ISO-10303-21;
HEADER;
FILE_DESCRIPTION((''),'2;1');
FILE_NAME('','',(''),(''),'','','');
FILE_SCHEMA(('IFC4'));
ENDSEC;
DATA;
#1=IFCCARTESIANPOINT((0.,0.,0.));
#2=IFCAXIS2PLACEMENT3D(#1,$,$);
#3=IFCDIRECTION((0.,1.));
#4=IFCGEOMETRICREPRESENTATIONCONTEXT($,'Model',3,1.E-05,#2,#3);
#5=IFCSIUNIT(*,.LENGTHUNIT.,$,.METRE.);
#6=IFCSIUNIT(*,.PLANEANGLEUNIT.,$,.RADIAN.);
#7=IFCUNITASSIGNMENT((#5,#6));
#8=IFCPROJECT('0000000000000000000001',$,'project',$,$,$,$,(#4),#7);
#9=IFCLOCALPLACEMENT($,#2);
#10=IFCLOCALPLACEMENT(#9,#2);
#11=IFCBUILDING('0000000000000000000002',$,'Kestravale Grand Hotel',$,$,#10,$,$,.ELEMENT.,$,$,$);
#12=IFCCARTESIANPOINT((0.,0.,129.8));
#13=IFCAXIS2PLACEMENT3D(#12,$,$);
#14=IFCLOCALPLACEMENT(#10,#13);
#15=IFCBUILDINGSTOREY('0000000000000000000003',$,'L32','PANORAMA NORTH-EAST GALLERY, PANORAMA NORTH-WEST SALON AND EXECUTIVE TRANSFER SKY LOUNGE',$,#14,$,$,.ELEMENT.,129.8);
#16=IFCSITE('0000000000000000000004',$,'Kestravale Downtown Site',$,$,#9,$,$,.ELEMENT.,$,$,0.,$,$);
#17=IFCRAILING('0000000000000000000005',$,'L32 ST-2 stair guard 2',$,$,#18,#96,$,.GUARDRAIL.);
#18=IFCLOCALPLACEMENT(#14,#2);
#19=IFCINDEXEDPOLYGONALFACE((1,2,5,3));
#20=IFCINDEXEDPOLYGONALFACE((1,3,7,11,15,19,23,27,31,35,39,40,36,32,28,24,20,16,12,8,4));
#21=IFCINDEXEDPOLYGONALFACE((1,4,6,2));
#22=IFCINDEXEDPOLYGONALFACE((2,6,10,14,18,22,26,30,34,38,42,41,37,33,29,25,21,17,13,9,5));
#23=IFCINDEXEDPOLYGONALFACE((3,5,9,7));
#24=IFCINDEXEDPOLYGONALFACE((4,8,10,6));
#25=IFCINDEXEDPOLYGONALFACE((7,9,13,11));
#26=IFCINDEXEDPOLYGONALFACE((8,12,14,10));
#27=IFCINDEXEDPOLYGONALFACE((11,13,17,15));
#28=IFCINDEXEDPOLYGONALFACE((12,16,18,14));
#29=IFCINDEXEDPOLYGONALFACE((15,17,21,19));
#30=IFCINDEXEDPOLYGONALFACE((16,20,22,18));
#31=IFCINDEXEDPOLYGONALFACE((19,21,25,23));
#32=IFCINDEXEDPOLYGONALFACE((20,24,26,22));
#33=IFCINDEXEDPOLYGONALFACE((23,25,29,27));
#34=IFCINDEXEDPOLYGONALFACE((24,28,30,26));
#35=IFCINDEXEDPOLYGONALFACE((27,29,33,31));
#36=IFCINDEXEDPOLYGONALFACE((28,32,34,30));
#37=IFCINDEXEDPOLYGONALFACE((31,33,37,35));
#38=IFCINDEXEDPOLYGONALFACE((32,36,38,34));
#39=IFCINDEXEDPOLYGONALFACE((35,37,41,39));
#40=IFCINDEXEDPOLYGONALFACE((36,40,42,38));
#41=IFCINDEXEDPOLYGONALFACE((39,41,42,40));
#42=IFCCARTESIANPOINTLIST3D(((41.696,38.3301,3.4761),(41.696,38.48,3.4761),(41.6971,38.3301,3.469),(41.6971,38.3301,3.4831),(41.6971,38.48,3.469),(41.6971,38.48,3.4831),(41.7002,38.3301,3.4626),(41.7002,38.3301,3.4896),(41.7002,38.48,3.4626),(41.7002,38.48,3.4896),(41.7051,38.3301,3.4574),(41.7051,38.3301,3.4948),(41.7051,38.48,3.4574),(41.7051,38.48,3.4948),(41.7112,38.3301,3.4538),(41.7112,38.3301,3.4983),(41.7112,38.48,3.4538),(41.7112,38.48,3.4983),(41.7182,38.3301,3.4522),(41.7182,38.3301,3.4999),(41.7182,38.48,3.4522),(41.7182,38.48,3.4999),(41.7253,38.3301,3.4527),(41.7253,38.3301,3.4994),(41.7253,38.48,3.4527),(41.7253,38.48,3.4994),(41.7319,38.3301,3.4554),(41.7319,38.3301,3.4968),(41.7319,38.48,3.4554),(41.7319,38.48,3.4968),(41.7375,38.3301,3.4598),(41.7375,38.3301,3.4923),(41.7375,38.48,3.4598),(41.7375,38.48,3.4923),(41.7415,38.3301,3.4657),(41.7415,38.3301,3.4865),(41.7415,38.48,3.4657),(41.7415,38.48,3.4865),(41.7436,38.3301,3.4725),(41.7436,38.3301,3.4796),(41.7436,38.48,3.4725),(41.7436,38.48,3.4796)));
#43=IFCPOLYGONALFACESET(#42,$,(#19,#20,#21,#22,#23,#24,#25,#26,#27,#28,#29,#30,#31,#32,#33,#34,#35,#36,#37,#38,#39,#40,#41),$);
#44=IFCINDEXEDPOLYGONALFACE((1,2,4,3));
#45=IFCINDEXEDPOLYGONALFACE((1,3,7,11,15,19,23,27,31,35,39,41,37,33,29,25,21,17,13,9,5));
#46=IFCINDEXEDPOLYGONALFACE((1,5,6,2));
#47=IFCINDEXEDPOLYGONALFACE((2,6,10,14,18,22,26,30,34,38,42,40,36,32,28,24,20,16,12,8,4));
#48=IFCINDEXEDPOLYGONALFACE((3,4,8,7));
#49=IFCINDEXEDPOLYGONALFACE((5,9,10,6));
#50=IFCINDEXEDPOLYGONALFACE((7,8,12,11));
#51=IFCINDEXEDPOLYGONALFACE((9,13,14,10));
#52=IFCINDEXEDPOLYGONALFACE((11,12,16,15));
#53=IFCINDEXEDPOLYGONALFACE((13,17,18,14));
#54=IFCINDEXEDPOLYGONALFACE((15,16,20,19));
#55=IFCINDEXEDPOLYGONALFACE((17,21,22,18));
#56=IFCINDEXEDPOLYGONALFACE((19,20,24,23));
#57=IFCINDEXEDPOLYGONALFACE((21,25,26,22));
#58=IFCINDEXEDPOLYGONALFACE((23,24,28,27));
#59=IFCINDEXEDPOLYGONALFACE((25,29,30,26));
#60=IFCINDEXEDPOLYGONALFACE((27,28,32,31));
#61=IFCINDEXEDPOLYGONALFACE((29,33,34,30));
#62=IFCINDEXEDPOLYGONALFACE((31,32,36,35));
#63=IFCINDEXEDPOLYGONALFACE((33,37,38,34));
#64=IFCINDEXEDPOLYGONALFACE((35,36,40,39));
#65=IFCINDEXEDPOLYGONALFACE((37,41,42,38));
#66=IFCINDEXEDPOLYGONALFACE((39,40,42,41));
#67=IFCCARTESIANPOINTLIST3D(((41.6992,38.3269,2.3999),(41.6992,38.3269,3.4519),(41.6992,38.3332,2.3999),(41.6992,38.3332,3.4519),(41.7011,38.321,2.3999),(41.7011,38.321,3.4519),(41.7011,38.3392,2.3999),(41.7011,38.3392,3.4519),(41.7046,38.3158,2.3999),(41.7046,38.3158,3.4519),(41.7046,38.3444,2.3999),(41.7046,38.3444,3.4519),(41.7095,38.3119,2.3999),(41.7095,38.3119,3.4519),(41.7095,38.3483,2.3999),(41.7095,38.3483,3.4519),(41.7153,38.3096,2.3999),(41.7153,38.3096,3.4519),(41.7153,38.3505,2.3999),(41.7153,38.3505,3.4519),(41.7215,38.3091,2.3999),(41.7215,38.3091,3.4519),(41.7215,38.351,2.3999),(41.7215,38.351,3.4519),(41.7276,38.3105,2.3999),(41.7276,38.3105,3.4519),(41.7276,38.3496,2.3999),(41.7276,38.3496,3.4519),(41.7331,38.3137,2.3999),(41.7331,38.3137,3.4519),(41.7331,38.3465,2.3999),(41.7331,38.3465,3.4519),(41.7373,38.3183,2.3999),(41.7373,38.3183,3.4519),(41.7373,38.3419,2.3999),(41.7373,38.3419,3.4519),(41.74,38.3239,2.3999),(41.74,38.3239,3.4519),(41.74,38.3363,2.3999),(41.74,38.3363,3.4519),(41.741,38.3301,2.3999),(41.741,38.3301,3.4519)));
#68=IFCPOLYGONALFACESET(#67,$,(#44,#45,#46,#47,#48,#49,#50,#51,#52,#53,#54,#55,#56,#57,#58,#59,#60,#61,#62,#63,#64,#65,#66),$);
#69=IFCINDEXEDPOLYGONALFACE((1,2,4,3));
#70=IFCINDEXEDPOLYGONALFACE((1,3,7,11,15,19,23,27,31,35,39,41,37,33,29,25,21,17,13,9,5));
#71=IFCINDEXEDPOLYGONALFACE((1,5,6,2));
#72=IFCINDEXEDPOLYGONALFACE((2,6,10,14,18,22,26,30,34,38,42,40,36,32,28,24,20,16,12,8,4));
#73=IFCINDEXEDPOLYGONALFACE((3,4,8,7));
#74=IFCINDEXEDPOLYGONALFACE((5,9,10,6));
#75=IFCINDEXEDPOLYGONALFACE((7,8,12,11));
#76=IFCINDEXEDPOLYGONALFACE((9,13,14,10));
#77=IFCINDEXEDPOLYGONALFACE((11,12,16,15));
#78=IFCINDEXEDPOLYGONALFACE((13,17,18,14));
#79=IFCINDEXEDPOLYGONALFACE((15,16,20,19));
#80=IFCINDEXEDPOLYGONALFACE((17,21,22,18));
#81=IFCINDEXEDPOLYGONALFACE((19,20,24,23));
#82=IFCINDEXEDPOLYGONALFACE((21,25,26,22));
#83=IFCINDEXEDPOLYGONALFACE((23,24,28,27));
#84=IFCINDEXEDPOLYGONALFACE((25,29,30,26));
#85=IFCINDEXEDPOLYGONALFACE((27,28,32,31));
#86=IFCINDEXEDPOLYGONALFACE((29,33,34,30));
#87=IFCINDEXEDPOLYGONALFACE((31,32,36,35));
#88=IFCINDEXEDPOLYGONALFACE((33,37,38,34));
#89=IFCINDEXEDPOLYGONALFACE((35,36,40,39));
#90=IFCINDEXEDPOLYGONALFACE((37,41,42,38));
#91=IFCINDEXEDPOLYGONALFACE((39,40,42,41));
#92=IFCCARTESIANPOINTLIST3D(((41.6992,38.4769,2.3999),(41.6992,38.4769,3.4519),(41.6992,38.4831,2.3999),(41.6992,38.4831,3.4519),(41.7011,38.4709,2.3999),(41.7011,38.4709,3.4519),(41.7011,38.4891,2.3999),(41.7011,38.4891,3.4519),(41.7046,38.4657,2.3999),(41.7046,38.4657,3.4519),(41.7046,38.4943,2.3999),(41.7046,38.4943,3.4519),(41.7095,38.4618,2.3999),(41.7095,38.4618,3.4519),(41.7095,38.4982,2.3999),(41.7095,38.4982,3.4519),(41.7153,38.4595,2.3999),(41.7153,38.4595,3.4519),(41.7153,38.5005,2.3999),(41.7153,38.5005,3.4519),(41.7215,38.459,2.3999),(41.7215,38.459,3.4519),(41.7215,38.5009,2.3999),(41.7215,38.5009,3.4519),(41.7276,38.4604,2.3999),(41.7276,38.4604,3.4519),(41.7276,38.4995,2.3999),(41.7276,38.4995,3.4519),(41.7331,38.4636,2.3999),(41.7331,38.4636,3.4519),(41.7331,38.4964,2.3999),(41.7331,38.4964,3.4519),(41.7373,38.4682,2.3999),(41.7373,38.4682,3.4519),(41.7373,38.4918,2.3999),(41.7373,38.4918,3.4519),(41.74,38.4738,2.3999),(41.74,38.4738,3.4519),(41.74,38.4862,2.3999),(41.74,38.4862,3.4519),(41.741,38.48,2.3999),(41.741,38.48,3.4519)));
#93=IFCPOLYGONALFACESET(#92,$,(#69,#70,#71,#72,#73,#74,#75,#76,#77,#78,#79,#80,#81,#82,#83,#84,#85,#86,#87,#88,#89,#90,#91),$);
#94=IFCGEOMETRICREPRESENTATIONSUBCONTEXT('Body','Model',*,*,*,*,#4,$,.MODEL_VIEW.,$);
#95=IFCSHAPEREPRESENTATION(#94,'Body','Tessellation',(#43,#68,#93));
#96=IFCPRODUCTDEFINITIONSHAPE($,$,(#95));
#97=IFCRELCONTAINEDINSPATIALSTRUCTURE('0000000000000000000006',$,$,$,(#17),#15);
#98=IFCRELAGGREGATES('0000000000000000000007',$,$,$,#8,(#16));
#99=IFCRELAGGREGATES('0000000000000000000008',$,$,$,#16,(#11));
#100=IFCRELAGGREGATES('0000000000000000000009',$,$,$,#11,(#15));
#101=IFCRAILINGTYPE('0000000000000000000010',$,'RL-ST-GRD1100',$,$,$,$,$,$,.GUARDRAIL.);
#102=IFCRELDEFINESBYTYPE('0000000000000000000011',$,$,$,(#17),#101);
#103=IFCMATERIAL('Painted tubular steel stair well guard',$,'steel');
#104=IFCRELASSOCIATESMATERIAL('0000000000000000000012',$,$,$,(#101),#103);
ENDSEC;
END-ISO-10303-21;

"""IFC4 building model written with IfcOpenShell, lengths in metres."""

from ifc_helpers import new_model, si_unit, direction, frame, origin, origin_2d, place, context, subcontext, project, spatial, circle, extrude, material, type_object, element, save


model = new_model("IFC4")

# Units and contexts
model_context = context("Model", 3, precision=1e-05, world=origin(), true_north=direction((0.0, 1.0)))
body_context = subcontext(model_context, "Body", "Model", "MODEL_VIEW")
ifc_project = project(units=[si_unit("LENGTHUNIT", "METRE"), si_unit("PLANEANGLEUNIT", "RADIAN")], contexts=[model_context])

# Site, building, storey
site_placement = place(None, origin())
site = spatial("IfcSite", under=ifc_project, at=site_placement, Name="Kestravale Downtown Site", CompositionType="ELEMENT", RefElevation=0.0)
building_placement = place(site_placement, origin())
building = spatial("IfcBuilding", under=site, at=building_placement, Name="Kestravale Grand Hotel", CompositionType="ELEMENT")
storey_placement = place(building_placement, frame((0.0, 0.0, 129.8)))
storey = spatial("IfcBuildingStorey", under=building, at=storey_placement, Name="L32", Description="PANORAMA NORTH-EAST GALLERY, PANORAMA NORTH-WEST SALON AND EXECUTIVE TRANSFER SKY LOUNGE", CompositionType="ELEMENT", Elevation=129.8)

# Railing
ifc_material_1 = material(Name="Painted tubular steel stair well guard", Category="steel")
railing_type_1 = type_object("IfcRailingType", Name="RL-ST-GRD1100", PredefinedType="GUARDRAIL", material=ifc_material_1)
railing_1_placement = place(storey_placement, frame((41.72, 38.3301, 2.3999)))
element("IfcRailing", 1, at=railing_1_placement, inside=storey, type_object=railing_type_1, Name="L32 ST-2 stair guard 2", PredefinedType="GUARDRAIL", context=body_context, shape_type="SweptSolid", body=[
    extrude(circle(Radius=0.0239, at=origin_2d()), frame((0.0, 0.0, 1.0762), z_axis=(0.0, 1.0, 0.0), x_axis=(-1.0, 0.0, 0.0)), (0.0, 0.0, 1.0), 0.1499),
    extrude(circle(Radius=0.021, at=origin_2d()), origin(), (0.0, 0.0, 1.0), 1.052),
    extrude(circle(Radius=0.021, at=origin_2d()), frame((0.0, 0.1499, 0.0)), (0.0, 0.0, 1.0), 1.052),
])

save(model, "model.ifc")
